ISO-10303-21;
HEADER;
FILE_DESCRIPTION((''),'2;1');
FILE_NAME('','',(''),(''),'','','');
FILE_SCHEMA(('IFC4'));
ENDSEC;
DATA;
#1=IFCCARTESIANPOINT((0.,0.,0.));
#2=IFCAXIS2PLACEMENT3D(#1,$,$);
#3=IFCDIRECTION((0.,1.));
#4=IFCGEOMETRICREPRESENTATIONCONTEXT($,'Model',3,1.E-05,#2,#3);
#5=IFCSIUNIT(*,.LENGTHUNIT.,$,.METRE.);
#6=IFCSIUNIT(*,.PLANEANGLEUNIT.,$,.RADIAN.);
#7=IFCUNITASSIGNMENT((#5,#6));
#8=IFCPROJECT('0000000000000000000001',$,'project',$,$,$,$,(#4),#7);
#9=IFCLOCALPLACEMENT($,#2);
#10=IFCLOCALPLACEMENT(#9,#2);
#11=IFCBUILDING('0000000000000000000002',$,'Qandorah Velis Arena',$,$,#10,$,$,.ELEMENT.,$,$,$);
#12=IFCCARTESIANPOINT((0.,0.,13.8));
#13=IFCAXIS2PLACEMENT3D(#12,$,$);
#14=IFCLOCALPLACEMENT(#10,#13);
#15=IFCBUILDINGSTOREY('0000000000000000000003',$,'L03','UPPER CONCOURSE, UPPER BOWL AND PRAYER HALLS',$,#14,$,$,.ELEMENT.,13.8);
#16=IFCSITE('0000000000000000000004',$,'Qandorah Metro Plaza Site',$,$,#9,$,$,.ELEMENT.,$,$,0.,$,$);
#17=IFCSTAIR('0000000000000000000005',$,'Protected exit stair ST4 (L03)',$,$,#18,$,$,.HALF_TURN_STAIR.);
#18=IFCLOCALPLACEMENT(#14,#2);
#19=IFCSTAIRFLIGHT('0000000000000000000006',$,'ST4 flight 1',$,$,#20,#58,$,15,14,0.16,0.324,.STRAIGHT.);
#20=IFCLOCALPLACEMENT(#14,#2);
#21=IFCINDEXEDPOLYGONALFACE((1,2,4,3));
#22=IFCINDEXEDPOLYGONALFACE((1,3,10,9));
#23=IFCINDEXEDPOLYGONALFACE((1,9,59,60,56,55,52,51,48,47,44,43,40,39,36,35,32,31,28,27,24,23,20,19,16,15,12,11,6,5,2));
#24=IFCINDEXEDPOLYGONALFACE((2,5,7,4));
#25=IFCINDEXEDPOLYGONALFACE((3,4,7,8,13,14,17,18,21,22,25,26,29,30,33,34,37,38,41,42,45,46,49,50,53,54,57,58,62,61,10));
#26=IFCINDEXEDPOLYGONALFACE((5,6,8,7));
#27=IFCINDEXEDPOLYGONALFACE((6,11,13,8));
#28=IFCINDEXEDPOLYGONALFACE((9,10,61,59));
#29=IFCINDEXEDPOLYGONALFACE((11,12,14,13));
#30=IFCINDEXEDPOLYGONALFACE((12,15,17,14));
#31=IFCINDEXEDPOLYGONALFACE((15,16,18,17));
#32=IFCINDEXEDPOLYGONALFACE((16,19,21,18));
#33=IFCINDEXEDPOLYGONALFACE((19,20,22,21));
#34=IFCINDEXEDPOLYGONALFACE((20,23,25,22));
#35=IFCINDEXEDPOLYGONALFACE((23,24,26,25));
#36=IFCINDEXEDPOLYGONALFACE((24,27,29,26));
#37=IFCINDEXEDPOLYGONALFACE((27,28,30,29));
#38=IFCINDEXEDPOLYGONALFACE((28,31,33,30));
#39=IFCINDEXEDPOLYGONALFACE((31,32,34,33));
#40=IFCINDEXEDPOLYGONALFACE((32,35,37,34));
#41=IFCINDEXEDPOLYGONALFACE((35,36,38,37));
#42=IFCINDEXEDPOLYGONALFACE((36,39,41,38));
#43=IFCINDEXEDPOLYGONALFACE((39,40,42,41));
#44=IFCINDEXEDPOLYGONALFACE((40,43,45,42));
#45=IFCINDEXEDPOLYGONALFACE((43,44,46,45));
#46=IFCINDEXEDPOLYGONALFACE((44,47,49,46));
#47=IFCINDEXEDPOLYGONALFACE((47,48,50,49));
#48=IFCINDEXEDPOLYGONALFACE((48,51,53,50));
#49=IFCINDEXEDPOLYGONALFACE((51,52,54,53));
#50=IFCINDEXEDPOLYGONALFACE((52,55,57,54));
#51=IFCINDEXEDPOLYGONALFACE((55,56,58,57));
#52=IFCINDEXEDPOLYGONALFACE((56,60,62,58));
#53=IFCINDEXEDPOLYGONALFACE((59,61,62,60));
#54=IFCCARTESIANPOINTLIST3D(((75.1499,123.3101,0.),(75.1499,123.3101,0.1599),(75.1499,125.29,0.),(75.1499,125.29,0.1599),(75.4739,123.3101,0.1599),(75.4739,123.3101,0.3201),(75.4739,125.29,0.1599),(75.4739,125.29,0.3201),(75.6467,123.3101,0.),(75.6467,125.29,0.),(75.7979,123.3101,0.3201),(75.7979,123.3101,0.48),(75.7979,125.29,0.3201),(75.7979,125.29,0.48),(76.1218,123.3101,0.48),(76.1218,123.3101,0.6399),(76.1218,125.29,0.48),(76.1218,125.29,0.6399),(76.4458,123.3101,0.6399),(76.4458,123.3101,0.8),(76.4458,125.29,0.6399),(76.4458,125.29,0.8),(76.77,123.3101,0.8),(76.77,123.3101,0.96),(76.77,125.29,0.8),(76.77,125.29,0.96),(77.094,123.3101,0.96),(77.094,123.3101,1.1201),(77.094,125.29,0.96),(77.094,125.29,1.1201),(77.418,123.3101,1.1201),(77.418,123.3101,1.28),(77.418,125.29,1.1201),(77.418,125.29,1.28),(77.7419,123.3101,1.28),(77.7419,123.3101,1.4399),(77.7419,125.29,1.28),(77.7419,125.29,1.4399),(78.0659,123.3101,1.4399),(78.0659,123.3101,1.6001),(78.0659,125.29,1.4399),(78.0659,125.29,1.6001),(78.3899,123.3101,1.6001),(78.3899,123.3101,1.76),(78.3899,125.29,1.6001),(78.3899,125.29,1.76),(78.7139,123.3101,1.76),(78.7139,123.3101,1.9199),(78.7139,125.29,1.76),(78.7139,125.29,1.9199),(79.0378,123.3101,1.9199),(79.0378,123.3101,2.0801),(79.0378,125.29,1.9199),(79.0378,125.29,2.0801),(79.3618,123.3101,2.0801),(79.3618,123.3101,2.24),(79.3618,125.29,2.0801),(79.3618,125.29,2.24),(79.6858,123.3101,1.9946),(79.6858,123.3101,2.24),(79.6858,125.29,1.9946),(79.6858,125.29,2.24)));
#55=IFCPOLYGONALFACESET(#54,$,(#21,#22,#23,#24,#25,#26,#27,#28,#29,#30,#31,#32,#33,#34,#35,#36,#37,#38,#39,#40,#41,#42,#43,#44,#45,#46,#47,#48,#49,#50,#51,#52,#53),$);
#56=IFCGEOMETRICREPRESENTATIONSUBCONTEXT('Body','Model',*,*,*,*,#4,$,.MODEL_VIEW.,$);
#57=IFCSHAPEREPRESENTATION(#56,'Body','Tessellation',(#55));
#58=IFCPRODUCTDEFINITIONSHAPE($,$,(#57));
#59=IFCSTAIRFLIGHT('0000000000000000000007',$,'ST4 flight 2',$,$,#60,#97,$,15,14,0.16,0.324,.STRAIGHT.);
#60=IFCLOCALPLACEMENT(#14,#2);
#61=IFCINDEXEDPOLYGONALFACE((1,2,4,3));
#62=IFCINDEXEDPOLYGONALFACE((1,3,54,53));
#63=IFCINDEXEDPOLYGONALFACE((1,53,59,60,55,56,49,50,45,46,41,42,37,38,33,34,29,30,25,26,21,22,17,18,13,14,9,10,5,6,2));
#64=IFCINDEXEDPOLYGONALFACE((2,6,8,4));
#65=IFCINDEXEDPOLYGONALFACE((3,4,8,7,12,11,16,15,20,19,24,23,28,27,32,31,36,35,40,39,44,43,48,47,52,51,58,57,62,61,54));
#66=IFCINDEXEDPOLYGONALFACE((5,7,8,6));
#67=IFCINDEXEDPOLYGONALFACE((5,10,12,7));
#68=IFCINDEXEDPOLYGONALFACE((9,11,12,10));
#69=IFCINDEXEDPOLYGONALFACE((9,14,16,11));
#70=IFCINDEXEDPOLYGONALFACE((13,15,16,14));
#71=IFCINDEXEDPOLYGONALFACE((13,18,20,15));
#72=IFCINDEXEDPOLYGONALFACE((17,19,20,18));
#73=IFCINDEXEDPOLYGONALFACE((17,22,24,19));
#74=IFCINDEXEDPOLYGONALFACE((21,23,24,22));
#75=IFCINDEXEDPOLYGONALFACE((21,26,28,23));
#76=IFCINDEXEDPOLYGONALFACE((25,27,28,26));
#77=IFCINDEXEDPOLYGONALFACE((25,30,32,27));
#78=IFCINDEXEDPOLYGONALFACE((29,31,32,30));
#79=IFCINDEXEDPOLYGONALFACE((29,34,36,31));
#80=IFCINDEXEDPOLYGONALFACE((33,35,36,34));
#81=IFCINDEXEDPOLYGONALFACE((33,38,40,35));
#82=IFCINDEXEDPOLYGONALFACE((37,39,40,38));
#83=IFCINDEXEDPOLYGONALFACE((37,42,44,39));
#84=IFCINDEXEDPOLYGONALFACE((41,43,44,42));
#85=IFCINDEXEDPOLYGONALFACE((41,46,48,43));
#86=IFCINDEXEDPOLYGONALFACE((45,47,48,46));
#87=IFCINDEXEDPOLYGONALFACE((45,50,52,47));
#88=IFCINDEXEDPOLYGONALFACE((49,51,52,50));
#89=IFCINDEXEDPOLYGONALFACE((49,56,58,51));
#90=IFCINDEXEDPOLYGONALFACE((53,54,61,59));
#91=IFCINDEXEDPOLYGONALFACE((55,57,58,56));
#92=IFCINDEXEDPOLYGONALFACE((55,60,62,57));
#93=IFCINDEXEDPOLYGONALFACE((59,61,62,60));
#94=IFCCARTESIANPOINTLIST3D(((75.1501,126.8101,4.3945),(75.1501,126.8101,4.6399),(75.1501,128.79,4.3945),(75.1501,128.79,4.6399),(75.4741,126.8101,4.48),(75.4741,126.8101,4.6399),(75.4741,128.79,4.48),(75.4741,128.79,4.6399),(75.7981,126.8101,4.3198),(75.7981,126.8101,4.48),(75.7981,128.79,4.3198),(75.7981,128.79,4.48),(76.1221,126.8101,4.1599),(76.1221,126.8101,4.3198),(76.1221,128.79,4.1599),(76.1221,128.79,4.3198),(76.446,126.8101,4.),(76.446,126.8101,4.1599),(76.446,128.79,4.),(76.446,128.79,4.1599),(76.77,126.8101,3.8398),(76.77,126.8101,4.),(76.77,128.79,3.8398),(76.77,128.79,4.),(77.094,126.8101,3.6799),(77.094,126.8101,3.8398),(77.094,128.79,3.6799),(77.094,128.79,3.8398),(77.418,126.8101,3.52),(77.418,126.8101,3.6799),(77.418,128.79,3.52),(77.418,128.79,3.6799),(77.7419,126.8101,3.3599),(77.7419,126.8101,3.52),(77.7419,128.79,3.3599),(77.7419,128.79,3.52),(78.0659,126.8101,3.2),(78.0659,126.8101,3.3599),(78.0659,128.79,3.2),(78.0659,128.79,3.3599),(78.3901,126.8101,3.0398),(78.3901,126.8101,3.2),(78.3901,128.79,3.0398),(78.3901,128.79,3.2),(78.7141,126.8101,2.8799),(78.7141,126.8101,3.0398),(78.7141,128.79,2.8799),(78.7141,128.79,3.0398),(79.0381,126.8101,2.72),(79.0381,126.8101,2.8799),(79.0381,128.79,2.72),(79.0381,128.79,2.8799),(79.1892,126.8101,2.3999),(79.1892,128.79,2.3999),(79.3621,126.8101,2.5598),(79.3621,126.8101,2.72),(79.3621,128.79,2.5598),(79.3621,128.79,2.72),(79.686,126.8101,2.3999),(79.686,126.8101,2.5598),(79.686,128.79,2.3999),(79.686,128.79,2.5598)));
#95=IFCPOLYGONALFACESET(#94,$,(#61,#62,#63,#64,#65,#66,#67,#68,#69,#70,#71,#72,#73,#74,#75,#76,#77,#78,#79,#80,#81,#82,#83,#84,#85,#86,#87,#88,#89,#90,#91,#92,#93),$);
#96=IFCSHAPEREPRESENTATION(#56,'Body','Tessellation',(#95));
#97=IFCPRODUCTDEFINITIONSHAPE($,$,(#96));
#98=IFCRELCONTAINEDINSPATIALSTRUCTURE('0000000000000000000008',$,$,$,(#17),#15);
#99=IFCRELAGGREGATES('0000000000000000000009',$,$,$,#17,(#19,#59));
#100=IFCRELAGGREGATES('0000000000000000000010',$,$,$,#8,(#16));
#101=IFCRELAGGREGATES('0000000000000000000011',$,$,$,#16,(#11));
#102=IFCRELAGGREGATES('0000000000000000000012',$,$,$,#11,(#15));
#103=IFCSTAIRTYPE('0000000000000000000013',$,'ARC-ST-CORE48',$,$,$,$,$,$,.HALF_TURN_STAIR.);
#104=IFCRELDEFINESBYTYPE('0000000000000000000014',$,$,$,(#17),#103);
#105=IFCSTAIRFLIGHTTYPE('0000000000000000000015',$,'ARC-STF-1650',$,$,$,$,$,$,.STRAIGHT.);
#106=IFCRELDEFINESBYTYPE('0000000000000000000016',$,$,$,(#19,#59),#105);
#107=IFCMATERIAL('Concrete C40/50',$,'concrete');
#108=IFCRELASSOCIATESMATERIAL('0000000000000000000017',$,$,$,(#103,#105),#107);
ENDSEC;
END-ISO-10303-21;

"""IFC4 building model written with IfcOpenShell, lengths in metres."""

from ifc_helpers import new_model, si_unit, direction, frame, origin, place, context, subcontext, project, spatial, polyline, outline, extrude, material, type_object, element, aggregate, save


model = new_model("IFC4")

# Units and contexts
model_context = context("Model", 3, precision=1e-05, world=origin(), true_north=direction((0.0, 1.0)))
body_context = subcontext(model_context, "Body", "Model", "MODEL_VIEW")
ifc_project = project(units=[si_unit("LENGTHUNIT", "METRE"), si_unit("PLANEANGLEUNIT", "RADIAN")], contexts=[model_context])

# Site, building, storey
site_placement = place(None, origin())
site = spatial("IfcSite", under=ifc_project, at=site_placement, Name="Qandorah Metro Plaza Site", CompositionType="ELEMENT", RefElevation=0.0)
building_placement = place(site_placement, origin())
building = spatial("IfcBuilding", under=site, at=building_placement, Name="Qandorah Velis Arena", CompositionType="ELEMENT")
storey_placement = place(building_placement, frame((0.0, 0.0, 13.8)))
storey = spatial("IfcBuildingStorey", under=building, at=storey_placement, Name="L03", Description="UPPER CONCOURSE, UPPER BOWL AND PRAYER HALLS", CompositionType="ELEMENT", Elevation=13.8)

# Shared definitions
ifc_material_1 = material(Name="Concrete C40/50", Category="concrete")

# Stair, stair flights
stair_type = type_object("IfcStairType", Name="ARC-ST-CORE48", PredefinedType="HALF_TURN_STAIR", material=ifc_material_1)
stair_placement = place(storey_placement, origin())
stair = element("IfcStair", 1, at=stair_placement, inside=storey, type_object=stair_type, Name="Protected exit stair ST4 (L03)", PredefinedType="HALF_TURN_STAIR")
stair_flight_type = type_object("IfcStairFlightType", Name="ARC-STF-1650", PredefinedType="STRAIGHT", material=ifc_material_1)
stair_flight_1_placement = place(storey_placement, frame((75.1499, 124.3, 0.0), z_axis=(0.0, 0.0, 1.0), x_axis=(1.0, 0.0, 0.0)))
stair_flight_1 = element("IfcStairFlight", 2, at=stair_flight_1_placement, type_object=stair_flight_type, Name="ST4 flight 1", NumberOfRisers=15, NumberOfTreads=14, PredefinedType="STRAIGHT", RiserHeight=0.16, TreadLength=0.324, context=body_context, shape_type="SweptSolid", body=[
    extrude(outline(polyline([(0.0, 0.0), (0.0, 0.1599), (0.324, 0.1599), (0.324, 0.3201), (0.6479, 0.3201), (0.6479, 0.48), (0.9719, 0.48), (0.9719, 0.6399), (1.2959, 0.6399), (1.2959, 0.8), (1.6201, 0.8), (1.6201, 0.96), (1.9441, 0.96), (1.9441, 1.1201), (2.2681, 1.1201), (2.2681, 1.28), (2.592, 1.28), (2.592, 1.4399), (2.916, 1.4399), (2.916, 1.6001), (3.24, 1.6001), (3.24, 1.76), (3.564, 1.76), (3.564, 1.9199), (3.8879, 1.9199), (3.8879, 2.0801), (4.2119, 2.0801), (4.2119, 2.24), (4.5359, 2.24), (4.5359, 2.3999), (4.5359, 1.9946), (0.4968, 0.0), (0.0, 0.0)])), frame((0.0, 0.99, 0.0), z_axis=(0.0, -1.0, 0.0), x_axis=(1.0, 0.0, 0.0)), (0.0, 0.0, 1.0), 1.98),
])
stair_flight_2_placement = place(storey_placement, frame((79.686, 127.8, 2.3999), z_axis=(0.0, 0.0, 1.0), x_axis=(-1.0, 0.0, 0.0)))
stair_flight_2 = element("IfcStairFlight", 3, at=stair_flight_2_placement, type_object=stair_flight_type, Name="ST4 flight 2", NumberOfRisers=15, NumberOfTreads=14, PredefinedType="STRAIGHT", RiserHeight=0.16, TreadLength=0.324, context=body_context, shape_type="SweptSolid", body=[
    extrude(outline(polyline([(0.0, 0.0), (0.0, 0.1599), (0.324, 0.1599), (0.324, 0.3201), (0.6479, 0.3201), (0.6479, 0.48), (0.9719, 0.48), (0.9719, 0.6399), (1.2959, 0.6399), (1.2959, 0.8), (1.6201, 0.8), (1.6201, 0.96), (1.9441, 0.96), (1.9441, 1.1201), (2.2681, 1.1201), (2.2681, 1.28), (2.592, 1.28), (2.592, 1.4399), (2.916, 1.4399), (2.916, 1.6001), (3.24, 1.6001), (3.24, 1.76), (3.564, 1.76), (3.564, 1.9199), (3.8879, 1.9199), (3.8879, 2.0801), (4.2119, 2.0801), (4.2119, 2.24), (4.5359, 2.24), (4.5359, 2.3999), (4.5359, 1.9946), (0.4968, 0.0), (0.0, 0.0)])), frame((0.0, 0.99, 0.0), z_axis=(0.0, -1.0, 0.0), x_axis=(1.0, 0.0, 0.0)), (0.0, 0.0, 1.0), 1.98),
])
aggregate(stair, [stair_flight_1, stair_flight_2])

save(model, "model.ifc")
